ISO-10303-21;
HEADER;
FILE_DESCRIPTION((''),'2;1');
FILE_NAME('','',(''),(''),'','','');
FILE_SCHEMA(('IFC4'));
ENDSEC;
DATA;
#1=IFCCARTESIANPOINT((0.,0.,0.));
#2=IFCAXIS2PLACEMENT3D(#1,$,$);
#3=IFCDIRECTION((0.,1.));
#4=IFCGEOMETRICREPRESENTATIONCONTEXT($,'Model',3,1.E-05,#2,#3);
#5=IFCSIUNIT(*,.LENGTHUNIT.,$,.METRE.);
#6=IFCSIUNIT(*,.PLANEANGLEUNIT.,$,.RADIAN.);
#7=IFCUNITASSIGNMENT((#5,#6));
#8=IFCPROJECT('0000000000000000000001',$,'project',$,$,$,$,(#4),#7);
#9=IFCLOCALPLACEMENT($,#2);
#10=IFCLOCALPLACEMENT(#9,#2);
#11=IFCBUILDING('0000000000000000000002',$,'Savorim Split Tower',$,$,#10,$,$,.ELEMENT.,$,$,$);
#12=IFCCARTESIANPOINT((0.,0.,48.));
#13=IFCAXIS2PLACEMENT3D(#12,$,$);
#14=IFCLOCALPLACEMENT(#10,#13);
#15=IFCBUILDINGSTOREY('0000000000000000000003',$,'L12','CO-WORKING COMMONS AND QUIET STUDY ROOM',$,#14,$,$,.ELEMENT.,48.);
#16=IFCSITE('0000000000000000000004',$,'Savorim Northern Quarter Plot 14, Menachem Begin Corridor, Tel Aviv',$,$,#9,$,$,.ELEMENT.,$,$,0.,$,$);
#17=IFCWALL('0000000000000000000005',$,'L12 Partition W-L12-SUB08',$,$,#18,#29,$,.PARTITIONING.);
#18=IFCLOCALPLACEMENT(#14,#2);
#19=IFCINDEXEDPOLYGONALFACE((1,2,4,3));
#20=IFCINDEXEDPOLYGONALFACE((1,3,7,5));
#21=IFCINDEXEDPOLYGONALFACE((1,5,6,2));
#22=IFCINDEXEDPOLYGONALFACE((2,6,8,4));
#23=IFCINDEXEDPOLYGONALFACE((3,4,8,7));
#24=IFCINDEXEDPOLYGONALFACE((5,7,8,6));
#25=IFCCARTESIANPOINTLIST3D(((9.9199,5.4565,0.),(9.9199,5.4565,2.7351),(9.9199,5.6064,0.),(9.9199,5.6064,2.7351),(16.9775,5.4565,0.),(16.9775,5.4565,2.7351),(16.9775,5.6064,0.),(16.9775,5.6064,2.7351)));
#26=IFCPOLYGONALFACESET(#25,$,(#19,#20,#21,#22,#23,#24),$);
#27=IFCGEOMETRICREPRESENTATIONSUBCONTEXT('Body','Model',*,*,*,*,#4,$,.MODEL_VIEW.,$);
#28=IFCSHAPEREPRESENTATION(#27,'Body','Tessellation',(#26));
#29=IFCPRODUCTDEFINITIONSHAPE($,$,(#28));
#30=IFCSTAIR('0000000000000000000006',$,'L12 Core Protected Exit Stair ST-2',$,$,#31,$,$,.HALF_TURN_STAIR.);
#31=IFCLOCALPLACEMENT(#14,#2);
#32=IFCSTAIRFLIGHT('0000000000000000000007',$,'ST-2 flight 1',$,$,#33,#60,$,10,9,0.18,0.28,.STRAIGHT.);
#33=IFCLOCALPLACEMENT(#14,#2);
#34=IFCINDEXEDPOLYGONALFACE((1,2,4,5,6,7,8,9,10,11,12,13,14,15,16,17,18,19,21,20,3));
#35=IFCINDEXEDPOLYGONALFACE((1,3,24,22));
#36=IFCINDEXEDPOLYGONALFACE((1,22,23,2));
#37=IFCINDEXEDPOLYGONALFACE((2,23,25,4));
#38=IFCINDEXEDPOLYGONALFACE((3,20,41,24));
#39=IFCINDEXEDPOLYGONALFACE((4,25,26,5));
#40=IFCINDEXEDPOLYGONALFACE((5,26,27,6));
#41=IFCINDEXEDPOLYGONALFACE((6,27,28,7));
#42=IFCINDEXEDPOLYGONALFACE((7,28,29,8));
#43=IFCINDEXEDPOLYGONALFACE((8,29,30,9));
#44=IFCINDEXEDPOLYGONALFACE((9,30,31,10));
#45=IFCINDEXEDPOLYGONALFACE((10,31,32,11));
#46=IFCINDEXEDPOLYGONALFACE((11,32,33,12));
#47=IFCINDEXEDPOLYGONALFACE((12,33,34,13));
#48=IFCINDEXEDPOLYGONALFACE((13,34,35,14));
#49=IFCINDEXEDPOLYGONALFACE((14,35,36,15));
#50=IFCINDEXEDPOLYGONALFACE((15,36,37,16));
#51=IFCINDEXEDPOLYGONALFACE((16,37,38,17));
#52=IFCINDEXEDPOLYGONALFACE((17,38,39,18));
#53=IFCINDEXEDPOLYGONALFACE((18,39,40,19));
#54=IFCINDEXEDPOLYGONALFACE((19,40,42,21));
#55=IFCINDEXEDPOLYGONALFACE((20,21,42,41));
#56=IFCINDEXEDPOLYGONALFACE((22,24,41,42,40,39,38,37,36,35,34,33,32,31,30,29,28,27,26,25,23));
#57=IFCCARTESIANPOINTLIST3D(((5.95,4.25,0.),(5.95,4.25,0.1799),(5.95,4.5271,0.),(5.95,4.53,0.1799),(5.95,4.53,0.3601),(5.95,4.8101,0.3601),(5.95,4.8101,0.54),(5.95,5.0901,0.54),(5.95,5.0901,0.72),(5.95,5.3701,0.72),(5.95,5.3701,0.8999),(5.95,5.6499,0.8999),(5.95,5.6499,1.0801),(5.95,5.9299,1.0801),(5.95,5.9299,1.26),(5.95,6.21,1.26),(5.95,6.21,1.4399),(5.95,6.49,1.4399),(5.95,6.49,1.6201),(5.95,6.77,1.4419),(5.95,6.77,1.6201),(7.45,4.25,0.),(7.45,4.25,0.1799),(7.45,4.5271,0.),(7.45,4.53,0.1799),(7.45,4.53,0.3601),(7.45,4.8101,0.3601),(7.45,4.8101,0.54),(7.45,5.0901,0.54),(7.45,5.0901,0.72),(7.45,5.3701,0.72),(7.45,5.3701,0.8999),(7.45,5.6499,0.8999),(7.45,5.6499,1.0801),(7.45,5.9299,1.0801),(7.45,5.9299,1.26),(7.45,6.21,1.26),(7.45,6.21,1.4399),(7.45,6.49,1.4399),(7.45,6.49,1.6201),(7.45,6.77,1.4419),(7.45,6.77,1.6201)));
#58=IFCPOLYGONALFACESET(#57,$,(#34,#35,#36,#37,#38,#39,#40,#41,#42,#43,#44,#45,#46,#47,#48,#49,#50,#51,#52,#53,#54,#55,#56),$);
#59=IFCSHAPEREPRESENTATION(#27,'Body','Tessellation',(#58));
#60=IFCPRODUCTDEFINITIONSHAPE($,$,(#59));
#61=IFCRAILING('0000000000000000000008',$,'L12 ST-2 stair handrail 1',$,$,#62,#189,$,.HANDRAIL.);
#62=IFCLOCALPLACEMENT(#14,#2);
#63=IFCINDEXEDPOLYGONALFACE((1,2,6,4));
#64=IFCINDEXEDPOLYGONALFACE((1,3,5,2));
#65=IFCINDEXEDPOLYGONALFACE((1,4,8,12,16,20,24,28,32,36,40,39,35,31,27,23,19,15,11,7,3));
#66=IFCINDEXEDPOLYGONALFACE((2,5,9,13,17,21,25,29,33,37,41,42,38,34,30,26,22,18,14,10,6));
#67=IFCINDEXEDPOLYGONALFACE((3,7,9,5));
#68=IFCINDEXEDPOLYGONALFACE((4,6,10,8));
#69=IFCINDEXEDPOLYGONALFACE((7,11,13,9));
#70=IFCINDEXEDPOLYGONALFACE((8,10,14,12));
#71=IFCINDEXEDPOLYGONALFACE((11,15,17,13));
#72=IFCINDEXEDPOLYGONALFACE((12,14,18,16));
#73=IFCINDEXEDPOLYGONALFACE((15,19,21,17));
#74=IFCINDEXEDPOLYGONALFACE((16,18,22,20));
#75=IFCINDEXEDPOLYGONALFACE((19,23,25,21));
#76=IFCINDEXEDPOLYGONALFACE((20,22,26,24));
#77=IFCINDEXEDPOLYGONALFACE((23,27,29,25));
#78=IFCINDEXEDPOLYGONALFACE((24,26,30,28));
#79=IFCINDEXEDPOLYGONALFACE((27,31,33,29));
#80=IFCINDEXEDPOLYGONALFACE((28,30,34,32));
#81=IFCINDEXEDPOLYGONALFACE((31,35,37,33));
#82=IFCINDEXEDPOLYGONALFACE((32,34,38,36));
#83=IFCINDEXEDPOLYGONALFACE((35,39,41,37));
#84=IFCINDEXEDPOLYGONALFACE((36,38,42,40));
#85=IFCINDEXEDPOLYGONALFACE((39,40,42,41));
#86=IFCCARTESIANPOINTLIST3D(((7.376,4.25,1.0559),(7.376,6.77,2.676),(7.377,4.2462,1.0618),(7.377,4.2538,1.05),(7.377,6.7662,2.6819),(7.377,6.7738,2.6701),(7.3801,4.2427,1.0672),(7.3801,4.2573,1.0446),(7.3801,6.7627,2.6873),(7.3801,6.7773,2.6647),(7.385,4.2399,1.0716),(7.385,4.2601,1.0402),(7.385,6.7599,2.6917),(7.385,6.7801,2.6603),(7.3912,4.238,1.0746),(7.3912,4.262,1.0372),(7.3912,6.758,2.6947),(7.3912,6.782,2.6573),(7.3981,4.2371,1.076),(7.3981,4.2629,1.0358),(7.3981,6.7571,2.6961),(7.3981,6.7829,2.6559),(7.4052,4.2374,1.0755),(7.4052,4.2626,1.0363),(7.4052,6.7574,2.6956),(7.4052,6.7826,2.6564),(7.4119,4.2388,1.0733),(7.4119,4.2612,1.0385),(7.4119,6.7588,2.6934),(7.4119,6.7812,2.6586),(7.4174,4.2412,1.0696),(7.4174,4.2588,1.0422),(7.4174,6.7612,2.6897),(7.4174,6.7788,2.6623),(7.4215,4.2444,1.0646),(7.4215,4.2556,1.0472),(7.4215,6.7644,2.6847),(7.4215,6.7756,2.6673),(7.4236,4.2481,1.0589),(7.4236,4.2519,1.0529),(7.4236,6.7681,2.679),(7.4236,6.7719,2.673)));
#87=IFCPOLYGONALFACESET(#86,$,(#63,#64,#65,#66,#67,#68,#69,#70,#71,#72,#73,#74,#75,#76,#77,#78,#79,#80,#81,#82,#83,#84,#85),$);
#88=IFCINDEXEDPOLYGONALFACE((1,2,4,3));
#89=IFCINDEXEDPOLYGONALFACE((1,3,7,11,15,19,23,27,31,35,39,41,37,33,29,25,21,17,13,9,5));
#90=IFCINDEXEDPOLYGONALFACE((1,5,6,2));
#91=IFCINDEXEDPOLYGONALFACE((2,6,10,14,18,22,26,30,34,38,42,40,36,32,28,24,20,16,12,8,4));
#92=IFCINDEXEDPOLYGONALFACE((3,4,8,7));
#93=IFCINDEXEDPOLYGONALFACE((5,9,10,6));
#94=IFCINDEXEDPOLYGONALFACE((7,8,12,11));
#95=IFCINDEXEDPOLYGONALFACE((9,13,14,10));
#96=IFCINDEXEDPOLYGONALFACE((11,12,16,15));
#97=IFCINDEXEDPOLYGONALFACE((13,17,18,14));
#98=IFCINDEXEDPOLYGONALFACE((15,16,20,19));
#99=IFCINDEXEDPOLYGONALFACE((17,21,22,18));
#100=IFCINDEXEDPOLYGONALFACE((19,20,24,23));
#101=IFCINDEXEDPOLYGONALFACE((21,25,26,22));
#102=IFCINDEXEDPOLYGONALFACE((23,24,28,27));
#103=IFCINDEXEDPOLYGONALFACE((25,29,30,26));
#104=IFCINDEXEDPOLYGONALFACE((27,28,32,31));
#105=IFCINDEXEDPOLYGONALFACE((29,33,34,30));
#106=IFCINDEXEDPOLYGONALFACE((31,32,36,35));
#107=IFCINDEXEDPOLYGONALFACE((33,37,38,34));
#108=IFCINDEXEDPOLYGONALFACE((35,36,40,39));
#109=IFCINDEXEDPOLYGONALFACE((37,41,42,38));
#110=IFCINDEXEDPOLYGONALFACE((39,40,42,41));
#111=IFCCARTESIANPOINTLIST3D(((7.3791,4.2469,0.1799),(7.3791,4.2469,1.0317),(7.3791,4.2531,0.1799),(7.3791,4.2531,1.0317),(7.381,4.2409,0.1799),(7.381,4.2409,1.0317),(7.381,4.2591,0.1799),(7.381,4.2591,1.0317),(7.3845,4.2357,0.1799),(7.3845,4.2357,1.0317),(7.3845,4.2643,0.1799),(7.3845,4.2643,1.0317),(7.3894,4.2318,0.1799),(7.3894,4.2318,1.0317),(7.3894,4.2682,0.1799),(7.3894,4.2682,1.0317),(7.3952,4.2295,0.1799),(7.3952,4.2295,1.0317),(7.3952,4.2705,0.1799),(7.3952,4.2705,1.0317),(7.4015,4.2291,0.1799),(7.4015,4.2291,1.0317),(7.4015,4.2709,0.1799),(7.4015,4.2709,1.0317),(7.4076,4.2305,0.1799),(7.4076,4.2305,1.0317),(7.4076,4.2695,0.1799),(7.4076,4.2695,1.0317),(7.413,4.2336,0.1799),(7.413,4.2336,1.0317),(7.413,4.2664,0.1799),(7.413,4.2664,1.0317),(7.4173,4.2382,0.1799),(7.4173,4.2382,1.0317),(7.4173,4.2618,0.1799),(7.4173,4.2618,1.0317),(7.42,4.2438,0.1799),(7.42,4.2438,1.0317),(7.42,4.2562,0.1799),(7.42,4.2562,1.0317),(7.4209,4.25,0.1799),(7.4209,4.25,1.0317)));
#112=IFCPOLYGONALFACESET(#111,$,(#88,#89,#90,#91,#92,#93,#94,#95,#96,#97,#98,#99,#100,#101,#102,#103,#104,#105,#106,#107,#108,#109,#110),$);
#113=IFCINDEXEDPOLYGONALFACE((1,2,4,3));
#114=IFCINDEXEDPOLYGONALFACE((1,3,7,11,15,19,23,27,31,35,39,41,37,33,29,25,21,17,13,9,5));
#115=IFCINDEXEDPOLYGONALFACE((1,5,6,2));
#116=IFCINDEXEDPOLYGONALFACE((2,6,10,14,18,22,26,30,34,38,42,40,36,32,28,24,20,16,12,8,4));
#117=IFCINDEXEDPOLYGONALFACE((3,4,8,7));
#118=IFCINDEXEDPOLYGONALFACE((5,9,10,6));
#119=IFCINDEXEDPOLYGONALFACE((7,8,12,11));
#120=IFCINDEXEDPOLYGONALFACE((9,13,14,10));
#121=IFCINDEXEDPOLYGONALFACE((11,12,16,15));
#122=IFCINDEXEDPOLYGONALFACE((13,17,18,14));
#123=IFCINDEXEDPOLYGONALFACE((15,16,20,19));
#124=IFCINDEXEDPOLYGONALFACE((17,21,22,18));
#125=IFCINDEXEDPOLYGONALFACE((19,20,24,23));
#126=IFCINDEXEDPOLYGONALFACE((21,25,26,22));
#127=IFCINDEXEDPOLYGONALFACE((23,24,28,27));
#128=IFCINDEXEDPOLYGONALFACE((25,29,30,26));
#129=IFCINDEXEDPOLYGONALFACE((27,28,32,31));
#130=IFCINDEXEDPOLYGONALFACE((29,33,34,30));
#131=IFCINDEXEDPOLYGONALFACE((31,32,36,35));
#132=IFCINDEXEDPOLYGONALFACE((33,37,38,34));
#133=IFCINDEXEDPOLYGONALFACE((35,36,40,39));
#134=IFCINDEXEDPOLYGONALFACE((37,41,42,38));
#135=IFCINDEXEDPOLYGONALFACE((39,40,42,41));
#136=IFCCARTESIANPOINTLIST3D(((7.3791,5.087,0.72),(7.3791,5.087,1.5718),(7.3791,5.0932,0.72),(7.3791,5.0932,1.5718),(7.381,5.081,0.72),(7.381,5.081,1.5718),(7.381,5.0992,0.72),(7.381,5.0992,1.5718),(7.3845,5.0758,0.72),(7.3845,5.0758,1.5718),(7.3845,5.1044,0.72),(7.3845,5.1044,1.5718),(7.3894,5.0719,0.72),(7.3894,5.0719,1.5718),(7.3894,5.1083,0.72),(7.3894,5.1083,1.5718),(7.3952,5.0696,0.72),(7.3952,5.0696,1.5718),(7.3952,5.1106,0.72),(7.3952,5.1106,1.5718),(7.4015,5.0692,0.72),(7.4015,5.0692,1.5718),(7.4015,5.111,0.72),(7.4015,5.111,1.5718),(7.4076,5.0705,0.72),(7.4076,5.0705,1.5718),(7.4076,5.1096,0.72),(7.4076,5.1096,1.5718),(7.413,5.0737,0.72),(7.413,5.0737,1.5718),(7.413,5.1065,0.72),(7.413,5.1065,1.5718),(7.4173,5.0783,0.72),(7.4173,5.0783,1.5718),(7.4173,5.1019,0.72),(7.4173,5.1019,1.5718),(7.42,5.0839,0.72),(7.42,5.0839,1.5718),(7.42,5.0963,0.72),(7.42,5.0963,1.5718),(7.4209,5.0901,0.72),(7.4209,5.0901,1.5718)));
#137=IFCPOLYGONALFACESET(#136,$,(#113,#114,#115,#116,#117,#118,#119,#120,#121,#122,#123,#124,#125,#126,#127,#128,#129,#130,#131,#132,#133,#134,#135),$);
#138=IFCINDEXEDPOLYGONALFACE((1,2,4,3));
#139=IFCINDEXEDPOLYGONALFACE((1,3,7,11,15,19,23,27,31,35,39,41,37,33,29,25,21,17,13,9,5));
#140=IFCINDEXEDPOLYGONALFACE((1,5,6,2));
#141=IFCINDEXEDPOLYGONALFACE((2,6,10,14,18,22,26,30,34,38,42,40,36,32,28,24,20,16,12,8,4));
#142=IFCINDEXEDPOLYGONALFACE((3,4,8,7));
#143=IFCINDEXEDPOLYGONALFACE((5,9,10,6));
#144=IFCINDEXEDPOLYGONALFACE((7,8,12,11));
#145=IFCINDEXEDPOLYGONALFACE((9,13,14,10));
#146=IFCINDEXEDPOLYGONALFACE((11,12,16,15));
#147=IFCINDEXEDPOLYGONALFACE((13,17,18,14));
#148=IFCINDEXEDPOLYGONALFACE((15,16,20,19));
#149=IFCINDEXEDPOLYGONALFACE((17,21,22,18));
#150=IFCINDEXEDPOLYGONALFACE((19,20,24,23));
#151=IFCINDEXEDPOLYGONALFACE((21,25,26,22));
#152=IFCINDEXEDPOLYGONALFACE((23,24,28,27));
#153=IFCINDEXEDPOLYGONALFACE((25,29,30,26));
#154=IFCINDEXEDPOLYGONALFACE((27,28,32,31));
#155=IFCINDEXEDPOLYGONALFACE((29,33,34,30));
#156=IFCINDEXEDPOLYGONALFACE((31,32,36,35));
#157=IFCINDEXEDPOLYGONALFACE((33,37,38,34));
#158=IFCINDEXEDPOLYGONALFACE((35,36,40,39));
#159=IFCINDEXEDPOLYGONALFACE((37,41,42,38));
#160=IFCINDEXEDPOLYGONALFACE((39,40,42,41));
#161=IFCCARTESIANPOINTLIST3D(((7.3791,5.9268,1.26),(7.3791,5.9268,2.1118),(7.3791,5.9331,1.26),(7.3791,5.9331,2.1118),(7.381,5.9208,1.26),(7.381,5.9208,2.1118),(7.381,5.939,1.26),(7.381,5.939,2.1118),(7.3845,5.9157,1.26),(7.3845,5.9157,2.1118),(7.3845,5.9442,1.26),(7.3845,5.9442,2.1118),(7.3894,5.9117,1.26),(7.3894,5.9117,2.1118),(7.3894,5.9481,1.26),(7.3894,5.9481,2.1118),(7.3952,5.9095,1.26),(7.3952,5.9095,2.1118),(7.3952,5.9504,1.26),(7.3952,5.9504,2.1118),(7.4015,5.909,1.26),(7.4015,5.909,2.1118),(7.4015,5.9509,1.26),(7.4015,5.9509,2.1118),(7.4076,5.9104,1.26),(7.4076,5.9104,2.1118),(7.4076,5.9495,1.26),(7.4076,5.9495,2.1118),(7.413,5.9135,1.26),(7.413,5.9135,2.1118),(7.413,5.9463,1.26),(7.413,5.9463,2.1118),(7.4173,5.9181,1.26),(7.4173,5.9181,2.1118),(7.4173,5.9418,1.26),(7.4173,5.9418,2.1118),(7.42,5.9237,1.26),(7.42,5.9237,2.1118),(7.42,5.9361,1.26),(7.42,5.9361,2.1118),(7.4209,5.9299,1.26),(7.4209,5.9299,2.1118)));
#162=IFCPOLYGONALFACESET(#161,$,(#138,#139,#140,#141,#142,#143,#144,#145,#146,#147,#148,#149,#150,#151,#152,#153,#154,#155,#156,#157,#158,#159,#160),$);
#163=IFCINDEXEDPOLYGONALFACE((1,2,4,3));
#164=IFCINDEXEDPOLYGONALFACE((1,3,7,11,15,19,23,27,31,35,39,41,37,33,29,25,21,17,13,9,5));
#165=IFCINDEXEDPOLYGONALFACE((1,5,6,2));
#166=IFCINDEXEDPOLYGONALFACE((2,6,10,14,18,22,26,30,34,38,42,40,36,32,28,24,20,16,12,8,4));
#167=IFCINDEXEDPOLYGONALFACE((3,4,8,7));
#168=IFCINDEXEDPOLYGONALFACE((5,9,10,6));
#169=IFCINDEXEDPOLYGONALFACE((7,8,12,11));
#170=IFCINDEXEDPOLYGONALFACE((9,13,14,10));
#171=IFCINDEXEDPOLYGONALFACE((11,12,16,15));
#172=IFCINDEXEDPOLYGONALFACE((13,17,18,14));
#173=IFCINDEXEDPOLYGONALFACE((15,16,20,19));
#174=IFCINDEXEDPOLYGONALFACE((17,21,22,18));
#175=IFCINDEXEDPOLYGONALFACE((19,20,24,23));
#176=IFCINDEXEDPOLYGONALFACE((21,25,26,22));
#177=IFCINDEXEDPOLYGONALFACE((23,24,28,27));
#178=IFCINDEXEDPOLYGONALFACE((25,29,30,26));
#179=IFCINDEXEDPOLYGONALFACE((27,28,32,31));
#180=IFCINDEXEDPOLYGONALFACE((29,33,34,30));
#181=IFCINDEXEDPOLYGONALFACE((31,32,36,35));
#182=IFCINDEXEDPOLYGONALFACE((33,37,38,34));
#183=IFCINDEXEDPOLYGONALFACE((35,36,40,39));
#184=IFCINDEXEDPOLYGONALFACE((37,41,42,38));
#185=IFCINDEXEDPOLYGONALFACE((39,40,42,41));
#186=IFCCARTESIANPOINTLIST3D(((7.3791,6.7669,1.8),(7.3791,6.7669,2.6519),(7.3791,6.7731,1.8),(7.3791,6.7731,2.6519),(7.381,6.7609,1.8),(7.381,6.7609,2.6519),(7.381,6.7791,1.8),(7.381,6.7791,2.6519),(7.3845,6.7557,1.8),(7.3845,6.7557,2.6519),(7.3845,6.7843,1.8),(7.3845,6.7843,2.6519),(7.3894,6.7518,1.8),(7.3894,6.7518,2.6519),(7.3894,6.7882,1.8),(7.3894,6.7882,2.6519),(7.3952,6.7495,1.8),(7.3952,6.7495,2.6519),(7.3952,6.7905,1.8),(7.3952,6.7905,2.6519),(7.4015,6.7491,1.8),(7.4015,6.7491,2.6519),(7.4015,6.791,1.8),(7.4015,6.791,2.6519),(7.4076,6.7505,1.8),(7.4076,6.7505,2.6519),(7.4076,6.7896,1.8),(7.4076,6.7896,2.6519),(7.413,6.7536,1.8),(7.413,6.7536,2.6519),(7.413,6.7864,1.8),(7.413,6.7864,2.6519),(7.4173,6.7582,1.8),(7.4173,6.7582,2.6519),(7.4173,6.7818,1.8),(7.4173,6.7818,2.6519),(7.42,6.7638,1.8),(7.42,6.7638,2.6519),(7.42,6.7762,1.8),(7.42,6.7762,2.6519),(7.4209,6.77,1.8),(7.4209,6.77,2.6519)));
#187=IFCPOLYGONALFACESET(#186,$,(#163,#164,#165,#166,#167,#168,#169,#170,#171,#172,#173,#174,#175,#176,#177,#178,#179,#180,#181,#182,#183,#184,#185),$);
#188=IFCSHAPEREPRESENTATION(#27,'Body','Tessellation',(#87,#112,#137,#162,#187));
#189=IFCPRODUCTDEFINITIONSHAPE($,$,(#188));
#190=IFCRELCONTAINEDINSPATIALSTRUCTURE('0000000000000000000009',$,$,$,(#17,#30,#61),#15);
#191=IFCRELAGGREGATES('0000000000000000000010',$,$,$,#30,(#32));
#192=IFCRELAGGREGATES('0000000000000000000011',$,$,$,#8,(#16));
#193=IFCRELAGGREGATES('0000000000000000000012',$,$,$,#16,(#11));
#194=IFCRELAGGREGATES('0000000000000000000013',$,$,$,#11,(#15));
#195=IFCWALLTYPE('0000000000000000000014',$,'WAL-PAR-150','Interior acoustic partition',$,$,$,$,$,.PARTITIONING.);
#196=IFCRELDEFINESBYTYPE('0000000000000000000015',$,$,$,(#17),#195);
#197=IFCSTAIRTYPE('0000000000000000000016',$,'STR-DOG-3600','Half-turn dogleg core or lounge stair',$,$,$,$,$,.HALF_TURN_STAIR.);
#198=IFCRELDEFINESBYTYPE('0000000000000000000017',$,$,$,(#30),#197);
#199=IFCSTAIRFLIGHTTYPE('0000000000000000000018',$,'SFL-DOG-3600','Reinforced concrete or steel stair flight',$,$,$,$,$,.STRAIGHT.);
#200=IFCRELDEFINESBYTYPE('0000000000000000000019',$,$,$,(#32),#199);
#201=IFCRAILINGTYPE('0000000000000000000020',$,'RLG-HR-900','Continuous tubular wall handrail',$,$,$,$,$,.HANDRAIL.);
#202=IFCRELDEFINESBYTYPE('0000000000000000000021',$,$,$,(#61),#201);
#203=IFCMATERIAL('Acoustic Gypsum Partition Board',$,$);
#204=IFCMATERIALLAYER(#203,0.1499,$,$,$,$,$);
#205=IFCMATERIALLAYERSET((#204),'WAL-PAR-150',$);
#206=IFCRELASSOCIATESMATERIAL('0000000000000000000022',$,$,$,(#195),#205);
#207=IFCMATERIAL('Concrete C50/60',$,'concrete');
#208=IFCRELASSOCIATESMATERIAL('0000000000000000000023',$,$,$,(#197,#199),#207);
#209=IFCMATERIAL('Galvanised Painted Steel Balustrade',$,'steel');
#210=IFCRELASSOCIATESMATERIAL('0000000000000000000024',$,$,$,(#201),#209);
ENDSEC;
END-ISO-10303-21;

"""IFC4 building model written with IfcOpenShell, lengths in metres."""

from ifc_helpers import new_model, si_unit, direction, frame, frame_2d, origin, origin_2d, place, context, subcontext, project, spatial, polyline, rectangle, circle, outline, extrude, material, layer, layer_set, type_object, element, aggregate, save


model = new_model("IFC4")

# Units and contexts
model_context = context("Model", 3, precision=1e-05, world=origin(), true_north=direction((0.0, 1.0)))
body_context = subcontext(model_context, "Body", "Model", "MODEL_VIEW")
ifc_project = project(units=[si_unit("LENGTHUNIT", "METRE"), si_unit("PLANEANGLEUNIT", "RADIAN")], contexts=[model_context])

# Site, building, storey
site_placement = place(None, origin())
site = spatial("IfcSite", under=ifc_project, at=site_placement, Name="Savorim Northern Quarter Plot 14, Menachem Begin Corridor, Tel Aviv", CompositionType="ELEMENT", RefElevation=0.0)
building_placement = place(site_placement, origin())
building = spatial("IfcBuilding", under=site, at=building_placement, Name="Savorim Split Tower", CompositionType="ELEMENT")
storey_placement = place(building_placement, frame((0.0, 0.0, 48.0)))
storey = spatial("IfcBuildingStorey", under=building, at=storey_placement, Name="L12", Description="CO-WORKING COMMONS AND QUIET STUDY ROOM", CompositionType="ELEMENT", Elevation=48.0)

# Shared definitions
ifc_material_1 = material(Name="Concrete C50/60", Category="concrete")

# Wall
ifc_material_2 = material(Name="Acoustic Gypsum Partition Board")
ifc_layer_1 = layer(ifc_material_2, 0.1499)
ifc_layer_set_1 = layer_set([ifc_layer_1], Name="WAL-PAR-150")
wall_type_1 = type_object("IfcWallType", Name="WAL-PAR-150", Description="Interior acoustic partition", PredefinedType="PARTITIONING", material=ifc_layer_set_1)
wall_1_placement = place(storey_placement, frame((9.9199, 5.5315, 0.0), z_axis=(0.0, 0.0, 1.0), x_axis=(1.0, 0.0, 0.0)))
element("IfcWall", 1, at=wall_1_placement, inside=storey, type_object=wall_type_1, Name="L12 Partition W-L12-SUB08", PredefinedType="PARTITIONING", context=body_context, shape_type="SweptSolid", body=[
    extrude(rectangle(XDim=7.0576, YDim=0.1499, at=frame_2d((3.5288, 0.0))), origin(), (0.0, 0.0, 1.0), 2.7351),
])

# Stair, stair flight
stair_type = type_object("IfcStairType", Name="STR-DOG-3600", Description="Half-turn dogleg core or lounge stair", PredefinedType="HALF_TURN_STAIR", material=ifc_material_1)
stair_placement = place(storey_placement, origin())
stair = element("IfcStair", 2, at=stair_placement, inside=storey, type_object=stair_type, Name="L12 Core Protected Exit Stair ST-2", PredefinedType="HALF_TURN_STAIR")
stair_flight_type = type_object("IfcStairFlightType", Name="SFL-DOG-3600", Description="Reinforced concrete or steel stair flight", PredefinedType="STRAIGHT", material=ifc_material_1)
stair_flight_placement = place(storey_placement, frame((6.7, 4.25, 0.0), z_axis=(0.0, 0.0, 1.0), x_axis=(0.0, 1.0, 0.0)))
stair_flight = element("IfcStairFlight", 3, at=stair_flight_placement, type_object=stair_flight_type, Name="ST-2 flight 1", NumberOfRisers=10, NumberOfTreads=9, PredefinedType="STRAIGHT", RiserHeight=0.18, TreadLength=0.28, context=body_context, shape_type="SweptSolid", body=[
    extrude(outline(polyline([(0.0, 0.0), (0.0, 0.1799), (0.28, 0.1799), (0.28, 0.3601), (0.5601, 0.3601), (0.5601, 0.54), (0.8401, 0.54), (0.8401, 0.72), (1.1201, 0.72), (1.1201, 0.8999), (1.3999, 0.8999), (1.3999, 1.0801), (1.6799, 1.0801), (1.6799, 1.26), (1.96, 1.26), (1.96, 1.4399), (2.24, 1.4399), (2.24, 1.6201), (2.52, 1.6201), (2.52, 1.8), (2.52, 1.4419), (0.2771, 0.0), (0.0, 0.0)])), frame((0.0, 0.75, 0.0), z_axis=(0.0, -1.0, 0.0), x_axis=(1.0, 0.0, 0.0)), (0.0, 0.0, 1.0), 1.5),
])
aggregate(stair, [stair_flight])

# Railing
ifc_material_3 = material(Name="Galvanised Painted Steel Balustrade", Category="steel")
railing_type_1 = type_object("IfcRailingType", Name="RLG-HR-900", Description="Continuous tubular wall handrail", PredefinedType="HANDRAIL", material=ifc_material_3)
railing_1_placement = place(storey_placement, frame((7.3999, 4.25, 0.1799)))
element("IfcRailing", 4, at=railing_1_placement, inside=storey, type_object=railing_type_1, Name="L12 ST-2 stair handrail 1", PredefinedType="HANDRAIL", context=body_context, shape_type="SweptSolid", body=[
    extrude(circle(Radius=0.0239, at=origin_2d()), frame((0.0, 0.0, 0.876), z_axis=(0.0, 0.841163, 0.540782), x_axis=(-1.0, 0.0, 0.0)), (0.0, 0.0, 1.0), 2.9958),
    extrude(circle(Radius=0.021, at=origin_2d()), origin(), (0.0, 0.0, 1.0), 0.8518),
    extrude(circle(Radius=0.021, at=origin_2d()), frame((0.0, 0.8401, 0.54)), (0.0, 0.0, 1.0), 0.8518),
    extrude(circle(Radius=0.021, at=origin_2d()), frame((0.0, 1.6799, 1.0801)), (0.0, 0.0, 1.0), 0.8518),
    extrude(circle(Radius=0.021, at=origin_2d()), frame((0.0, 2.52, 1.6201)), (0.0, 0.0, 1.0), 0.8518),
])

save(model, "model.ifc")
